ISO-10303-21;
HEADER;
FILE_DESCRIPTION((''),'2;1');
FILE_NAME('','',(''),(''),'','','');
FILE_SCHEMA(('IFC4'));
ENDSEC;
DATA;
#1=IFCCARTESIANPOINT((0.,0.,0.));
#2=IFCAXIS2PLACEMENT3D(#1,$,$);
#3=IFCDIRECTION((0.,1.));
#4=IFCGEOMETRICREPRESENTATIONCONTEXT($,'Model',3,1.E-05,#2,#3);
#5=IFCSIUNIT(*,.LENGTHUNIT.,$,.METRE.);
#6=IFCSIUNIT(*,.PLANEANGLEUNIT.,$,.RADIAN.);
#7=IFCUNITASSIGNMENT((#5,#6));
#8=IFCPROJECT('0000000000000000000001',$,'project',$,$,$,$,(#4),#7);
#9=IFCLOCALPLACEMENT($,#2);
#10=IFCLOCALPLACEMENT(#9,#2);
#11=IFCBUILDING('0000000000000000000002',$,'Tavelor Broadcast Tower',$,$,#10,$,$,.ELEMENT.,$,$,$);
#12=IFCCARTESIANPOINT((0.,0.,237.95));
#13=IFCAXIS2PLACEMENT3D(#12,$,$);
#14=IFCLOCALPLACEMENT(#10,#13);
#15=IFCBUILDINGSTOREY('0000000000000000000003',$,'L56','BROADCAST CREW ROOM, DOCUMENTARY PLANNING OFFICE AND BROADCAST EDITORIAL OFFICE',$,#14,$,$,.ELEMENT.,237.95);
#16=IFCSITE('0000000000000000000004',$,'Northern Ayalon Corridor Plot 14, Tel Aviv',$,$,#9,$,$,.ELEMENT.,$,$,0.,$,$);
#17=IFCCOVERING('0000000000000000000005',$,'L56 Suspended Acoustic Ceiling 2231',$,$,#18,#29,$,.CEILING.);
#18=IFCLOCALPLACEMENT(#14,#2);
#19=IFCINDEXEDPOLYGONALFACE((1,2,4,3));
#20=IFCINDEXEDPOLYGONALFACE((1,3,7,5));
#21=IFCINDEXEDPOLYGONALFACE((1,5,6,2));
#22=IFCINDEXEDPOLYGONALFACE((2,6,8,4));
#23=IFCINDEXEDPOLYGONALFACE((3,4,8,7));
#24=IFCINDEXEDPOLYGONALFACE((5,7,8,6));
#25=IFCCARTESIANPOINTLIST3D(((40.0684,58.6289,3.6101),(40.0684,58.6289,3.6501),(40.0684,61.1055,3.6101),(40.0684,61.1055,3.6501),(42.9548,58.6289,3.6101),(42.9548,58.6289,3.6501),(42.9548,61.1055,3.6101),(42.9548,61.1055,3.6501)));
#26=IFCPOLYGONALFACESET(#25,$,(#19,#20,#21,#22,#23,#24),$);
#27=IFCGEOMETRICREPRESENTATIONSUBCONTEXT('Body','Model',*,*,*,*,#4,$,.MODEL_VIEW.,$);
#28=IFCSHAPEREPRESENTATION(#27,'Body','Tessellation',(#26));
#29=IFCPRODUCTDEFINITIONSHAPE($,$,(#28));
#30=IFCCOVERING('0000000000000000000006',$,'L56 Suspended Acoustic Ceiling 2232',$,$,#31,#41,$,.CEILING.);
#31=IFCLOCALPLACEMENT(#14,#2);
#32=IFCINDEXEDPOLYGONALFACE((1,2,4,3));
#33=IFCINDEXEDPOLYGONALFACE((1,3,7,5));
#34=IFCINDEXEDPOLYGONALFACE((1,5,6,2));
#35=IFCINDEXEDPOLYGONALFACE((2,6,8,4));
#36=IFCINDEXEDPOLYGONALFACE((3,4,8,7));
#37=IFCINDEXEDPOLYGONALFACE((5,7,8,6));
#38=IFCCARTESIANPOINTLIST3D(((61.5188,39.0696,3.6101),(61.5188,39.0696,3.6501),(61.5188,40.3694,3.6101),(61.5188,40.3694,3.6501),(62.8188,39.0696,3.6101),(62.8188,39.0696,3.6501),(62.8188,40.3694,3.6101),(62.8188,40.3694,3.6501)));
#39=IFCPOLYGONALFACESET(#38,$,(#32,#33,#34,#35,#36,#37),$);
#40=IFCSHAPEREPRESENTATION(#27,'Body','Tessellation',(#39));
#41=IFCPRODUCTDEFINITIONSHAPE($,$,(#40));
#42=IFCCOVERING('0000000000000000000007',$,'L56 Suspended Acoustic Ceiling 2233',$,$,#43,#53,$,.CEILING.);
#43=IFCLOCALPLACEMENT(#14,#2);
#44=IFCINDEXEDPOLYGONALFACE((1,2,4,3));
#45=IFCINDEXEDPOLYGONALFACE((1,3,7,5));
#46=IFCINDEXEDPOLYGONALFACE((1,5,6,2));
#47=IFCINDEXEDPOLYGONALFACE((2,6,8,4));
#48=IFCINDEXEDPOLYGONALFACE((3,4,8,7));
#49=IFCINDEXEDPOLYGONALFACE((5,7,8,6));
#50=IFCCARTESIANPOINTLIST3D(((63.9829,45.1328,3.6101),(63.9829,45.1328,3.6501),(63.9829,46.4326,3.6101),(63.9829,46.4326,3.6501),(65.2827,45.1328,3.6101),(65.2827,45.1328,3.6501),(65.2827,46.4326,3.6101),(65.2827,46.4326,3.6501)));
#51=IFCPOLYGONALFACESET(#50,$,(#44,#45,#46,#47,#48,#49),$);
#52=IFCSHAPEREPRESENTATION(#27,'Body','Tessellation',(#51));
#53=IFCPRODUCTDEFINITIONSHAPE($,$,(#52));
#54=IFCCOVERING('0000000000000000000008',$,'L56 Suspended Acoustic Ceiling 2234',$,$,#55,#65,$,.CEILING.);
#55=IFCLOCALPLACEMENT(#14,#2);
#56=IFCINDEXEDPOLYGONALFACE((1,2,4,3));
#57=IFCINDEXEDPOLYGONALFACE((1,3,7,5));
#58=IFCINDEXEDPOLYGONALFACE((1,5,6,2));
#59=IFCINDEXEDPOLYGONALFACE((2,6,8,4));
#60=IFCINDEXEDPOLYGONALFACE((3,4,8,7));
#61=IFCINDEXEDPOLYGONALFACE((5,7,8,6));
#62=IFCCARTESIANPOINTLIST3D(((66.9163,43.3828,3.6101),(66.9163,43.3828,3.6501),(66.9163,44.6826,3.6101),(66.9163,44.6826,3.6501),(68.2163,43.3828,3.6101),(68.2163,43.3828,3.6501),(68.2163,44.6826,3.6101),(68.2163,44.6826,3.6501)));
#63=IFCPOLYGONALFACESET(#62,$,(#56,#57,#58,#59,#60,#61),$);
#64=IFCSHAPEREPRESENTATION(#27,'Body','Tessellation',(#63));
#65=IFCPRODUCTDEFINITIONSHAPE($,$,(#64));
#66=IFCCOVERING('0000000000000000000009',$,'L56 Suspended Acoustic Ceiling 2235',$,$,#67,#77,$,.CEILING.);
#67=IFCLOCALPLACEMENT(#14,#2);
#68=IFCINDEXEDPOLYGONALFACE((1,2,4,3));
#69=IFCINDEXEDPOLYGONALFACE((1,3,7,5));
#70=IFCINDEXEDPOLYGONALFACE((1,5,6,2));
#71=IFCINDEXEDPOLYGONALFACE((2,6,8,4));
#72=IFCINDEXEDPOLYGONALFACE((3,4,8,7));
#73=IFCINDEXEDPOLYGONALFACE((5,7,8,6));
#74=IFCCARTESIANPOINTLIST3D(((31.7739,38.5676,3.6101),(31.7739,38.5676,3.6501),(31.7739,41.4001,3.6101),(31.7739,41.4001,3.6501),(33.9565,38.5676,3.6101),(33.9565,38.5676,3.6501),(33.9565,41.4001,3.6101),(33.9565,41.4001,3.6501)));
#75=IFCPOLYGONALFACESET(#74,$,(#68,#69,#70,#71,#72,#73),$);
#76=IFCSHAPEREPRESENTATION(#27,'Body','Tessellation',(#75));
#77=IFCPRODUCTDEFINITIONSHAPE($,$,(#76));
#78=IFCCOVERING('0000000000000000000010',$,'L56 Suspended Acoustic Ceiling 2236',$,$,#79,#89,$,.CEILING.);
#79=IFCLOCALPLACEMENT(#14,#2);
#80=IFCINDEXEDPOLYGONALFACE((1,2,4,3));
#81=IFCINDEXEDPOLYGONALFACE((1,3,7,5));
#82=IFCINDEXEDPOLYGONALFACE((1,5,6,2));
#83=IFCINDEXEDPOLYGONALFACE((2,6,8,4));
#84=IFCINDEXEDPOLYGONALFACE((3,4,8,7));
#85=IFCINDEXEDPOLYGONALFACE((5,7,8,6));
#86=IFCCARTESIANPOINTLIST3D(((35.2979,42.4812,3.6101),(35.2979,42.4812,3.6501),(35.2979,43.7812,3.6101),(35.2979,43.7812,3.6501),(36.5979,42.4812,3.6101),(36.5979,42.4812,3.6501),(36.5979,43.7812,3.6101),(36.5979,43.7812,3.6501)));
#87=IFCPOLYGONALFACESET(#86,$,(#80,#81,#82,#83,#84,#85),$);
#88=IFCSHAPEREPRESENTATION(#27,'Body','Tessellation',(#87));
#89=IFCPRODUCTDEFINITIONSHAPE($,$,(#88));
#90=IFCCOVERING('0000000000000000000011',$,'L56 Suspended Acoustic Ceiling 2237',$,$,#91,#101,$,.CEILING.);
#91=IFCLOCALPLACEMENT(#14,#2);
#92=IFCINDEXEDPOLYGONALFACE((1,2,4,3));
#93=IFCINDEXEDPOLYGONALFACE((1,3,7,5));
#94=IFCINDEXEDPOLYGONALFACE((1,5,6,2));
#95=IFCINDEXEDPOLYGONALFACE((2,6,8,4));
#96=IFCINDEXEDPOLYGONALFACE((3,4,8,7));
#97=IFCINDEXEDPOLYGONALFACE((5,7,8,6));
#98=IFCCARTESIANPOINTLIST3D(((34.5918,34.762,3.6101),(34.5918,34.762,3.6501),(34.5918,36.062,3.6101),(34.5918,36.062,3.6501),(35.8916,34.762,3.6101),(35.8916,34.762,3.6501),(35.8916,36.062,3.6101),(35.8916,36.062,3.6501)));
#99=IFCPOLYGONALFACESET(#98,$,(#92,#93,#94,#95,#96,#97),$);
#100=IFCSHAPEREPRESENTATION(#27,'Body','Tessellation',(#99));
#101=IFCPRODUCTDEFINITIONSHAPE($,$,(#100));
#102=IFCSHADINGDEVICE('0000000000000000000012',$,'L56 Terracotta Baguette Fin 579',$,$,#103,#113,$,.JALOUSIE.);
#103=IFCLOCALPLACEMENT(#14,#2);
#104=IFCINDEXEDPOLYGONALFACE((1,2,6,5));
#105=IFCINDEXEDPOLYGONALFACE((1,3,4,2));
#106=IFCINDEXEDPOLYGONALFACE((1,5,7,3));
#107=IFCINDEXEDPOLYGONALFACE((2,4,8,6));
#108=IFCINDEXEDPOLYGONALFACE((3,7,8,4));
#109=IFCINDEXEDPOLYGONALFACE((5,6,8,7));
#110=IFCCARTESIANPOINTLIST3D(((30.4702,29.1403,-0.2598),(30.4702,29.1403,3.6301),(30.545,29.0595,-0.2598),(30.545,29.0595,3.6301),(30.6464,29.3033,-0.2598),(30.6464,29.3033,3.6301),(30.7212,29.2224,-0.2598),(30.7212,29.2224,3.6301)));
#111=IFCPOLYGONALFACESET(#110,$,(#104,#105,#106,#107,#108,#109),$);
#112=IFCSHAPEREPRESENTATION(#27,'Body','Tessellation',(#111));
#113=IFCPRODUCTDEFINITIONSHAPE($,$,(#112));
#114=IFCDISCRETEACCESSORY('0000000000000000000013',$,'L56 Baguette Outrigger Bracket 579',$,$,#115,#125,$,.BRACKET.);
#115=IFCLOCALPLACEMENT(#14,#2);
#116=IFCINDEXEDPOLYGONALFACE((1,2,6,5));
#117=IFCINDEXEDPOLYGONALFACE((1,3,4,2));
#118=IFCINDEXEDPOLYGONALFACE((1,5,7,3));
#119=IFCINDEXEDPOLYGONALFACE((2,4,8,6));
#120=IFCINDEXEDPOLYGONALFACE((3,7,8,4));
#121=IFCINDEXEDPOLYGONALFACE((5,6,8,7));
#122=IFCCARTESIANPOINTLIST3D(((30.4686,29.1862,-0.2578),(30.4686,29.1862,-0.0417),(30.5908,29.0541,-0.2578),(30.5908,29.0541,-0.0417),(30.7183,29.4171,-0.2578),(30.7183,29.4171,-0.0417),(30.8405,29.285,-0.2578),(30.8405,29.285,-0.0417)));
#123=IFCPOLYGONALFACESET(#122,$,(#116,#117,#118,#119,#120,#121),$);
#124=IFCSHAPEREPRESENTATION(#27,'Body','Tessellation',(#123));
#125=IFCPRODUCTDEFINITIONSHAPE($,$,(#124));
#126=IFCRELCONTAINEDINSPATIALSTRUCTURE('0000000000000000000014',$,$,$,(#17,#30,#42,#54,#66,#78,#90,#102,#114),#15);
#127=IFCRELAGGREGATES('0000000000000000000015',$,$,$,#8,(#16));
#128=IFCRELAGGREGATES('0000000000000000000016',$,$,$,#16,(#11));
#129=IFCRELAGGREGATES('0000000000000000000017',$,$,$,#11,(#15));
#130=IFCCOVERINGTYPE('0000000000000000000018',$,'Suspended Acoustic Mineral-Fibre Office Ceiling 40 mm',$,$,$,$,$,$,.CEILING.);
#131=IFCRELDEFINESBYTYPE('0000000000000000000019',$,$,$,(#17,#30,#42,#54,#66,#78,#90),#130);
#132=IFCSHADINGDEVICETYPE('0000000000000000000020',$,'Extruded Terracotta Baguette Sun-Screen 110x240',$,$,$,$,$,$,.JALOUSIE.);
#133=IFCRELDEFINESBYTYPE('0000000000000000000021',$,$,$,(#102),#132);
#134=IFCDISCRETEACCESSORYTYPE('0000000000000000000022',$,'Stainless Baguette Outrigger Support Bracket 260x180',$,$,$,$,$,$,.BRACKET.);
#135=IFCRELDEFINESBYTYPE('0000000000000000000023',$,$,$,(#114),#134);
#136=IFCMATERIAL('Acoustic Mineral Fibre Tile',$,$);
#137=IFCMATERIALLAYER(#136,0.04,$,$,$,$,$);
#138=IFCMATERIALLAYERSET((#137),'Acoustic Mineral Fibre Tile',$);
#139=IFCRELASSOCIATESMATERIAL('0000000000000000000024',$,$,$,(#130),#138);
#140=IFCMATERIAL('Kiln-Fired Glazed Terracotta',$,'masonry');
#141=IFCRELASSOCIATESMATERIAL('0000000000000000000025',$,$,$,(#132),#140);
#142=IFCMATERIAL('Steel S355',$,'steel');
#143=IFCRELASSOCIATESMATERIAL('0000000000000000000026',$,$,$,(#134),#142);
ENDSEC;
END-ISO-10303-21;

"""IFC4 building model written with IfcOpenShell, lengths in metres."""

from ifc_helpers import new_model, si_unit, direction, frame, origin, origin_2d, place, context, subcontext, project, spatial, polyline, rectangle, outline, extrude, source, transform, mapped, material, layer, layer_set, type_object, type_shapes, element, save


model = new_model("IFC4")

# Units and contexts
model_context = context("Model", 3, precision=1e-05, world=origin(), true_north=direction((0.0, 1.0)))
body_context = subcontext(model_context, "Body", "Model", "MODEL_VIEW")
ifc_project = project(units=[si_unit("LENGTHUNIT", "METRE"), si_unit("PLANEANGLEUNIT", "RADIAN")], contexts=[model_context])

# Site, building, storey
site_placement = place(None, origin())
site = spatial("IfcSite", under=ifc_project, at=site_placement, Name="Northern Ayalon Corridor Plot 14, Tel Aviv", CompositionType="ELEMENT", RefElevation=0.0)
building_placement = place(site_placement, origin())
building = spatial("IfcBuilding", under=site, at=building_placement, Name="Tavelor Broadcast Tower", CompositionType="ELEMENT")
storey_placement = place(building_placement, frame((0.0, 0.0, 237.95)))
storey = spatial("IfcBuildingStorey", under=building, at=storey_placement, Name="L56", Description="BROADCAST CREW ROOM, DOCUMENTARY PLANNING OFFICE AND BROADCAST EDITORIAL OFFICE", CompositionType="ELEMENT", Elevation=237.95)

# Coverings
ifc_material_1 = material(Name="Acoustic Mineral Fibre Tile")
ifc_layer_1 = layer(ifc_material_1, 0.04)
ifc_layer_set_1 = layer_set([ifc_layer_1], Name="Acoustic Mineral Fibre Tile")
covering_type_1 = type_object("IfcCoveringType", Name="Suspended Acoustic Mineral-Fibre Office Ceiling 40 mm", PredefinedType="CEILING", material=ifc_layer_set_1)
covering_1_placement = place(storey_placement, frame((0.0, 0.0, 3.6101)))
element("IfcCovering", 1, at=covering_1_placement, inside=storey, type_object=covering_type_1, Name="L56 Suspended Acoustic Ceiling 2231", PredefinedType="CEILING", context=body_context, shape_type="SweptSolid", body=[
    extrude(outline(polyline([(40.0684, 58.6289), (42.9548, 58.6289), (42.9548, 61.1055), (40.0684, 61.1055), (40.0684, 58.6289)])), origin(), (0.0, 0.0, 1.0), 0.04),
])
covering_2_placement = place(storey_placement, frame((0.0, 0.0, 3.6101)))
element("IfcCovering", 2, at=covering_2_placement, inside=storey, type_object=covering_type_1, Name="L56 Suspended Acoustic Ceiling 2232", PredefinedType="CEILING", context=body_context, shape_type="SweptSolid", body=[
    extrude(outline(polyline([(61.5188, 39.0696), (62.8188, 39.0696), (62.8188, 40.3694), (61.5188, 40.3694), (61.5188, 39.0696)])), origin(), (0.0, 0.0, 1.0), 0.04),
])
covering_3_placement = place(storey_placement, frame((0.0, 0.0, 3.6101)))
element("IfcCovering", 3, at=covering_3_placement, inside=storey, type_object=covering_type_1, Name="L56 Suspended Acoustic Ceiling 2233", PredefinedType="CEILING", context=body_context, shape_type="SweptSolid", body=[
    extrude(outline(polyline([(63.9829, 45.1328), (65.2827, 45.1328), (65.2827, 46.4326), (63.9829, 46.4326), (63.9829, 45.1328)])), origin(), (0.0, 0.0, 1.0), 0.04),
])
covering_4_placement = place(storey_placement, frame((0.0, 0.0, 3.6101)))
element("IfcCovering", 4, at=covering_4_placement, inside=storey, type_object=covering_type_1, Name="L56 Suspended Acoustic Ceiling 2234", PredefinedType="CEILING", context=body_context, shape_type="SweptSolid", body=[
    extrude(outline(polyline([(66.9163, 43.3828), (68.2163, 43.3828), (68.2163, 44.6826), (66.9163, 44.6826), (66.9163, 43.3828)])), origin(), (0.0, 0.0, 1.0), 0.04),
])
covering_5_placement = place(storey_placement, frame((0.0, 0.0, 3.6101)))
element("IfcCovering", 5, at=covering_5_placement, inside=storey, type_object=covering_type_1, Name="L56 Suspended Acoustic Ceiling 2235", PredefinedType="CEILING", context=body_context, shape_type="SweptSolid", body=[
    extrude(outline(polyline([(31.7739, 38.5676), (33.9565, 38.5676), (33.9565, 41.4001), (31.7739, 41.4001), (31.7739, 38.5676)])), origin(), (0.0, 0.0, 1.0), 0.04),
])
covering_6_placement = place(storey_placement, frame((0.0, 0.0, 3.6101)))
element("IfcCovering", 6, at=covering_6_placement, inside=storey, type_object=covering_type_1, Name="L56 Suspended Acoustic Ceiling 2236", PredefinedType="CEILING", context=body_context, shape_type="SweptSolid", body=[
    extrude(outline(polyline([(35.2979, 42.4812), (36.5979, 42.4812), (36.5979, 43.7812), (35.2979, 43.7812), (35.2979, 42.4812)])), origin(), (0.0, 0.0, 1.0), 0.04),
])
covering_7_placement = place(storey_placement, frame((0.0, 0.0, 3.6101)))
element("IfcCovering", 7, at=covering_7_placement, inside=storey, type_object=covering_type_1, Name="L56 Suspended Acoustic Ceiling 2237", PredefinedType="CEILING", context=body_context, shape_type="SweptSolid", body=[
    extrude(outline(polyline([(34.5918, 34.762), (35.8916, 34.762), (35.8916, 36.062), (34.5918, 36.062), (34.5918, 34.762)])), origin(), (0.0, 0.0, 1.0), 0.04),
])

# Shading device
ifc_material_2 = material(Name="Kiln-Fired Glazed Terracotta", Category="masonry")
shading_device_type = type_object("IfcShadingDeviceType", Name="Extruded Terracotta Baguette Sun-Screen 110x240", PredefinedType="JALOUSIE", material=ifc_material_2)
shared_shape_1 = source(origin(), body_context, "Body", "SweptSolid", [
    extrude(rectangle(XDim=0.1101, YDim=0.24, at=origin_2d()), origin(), (0.0, 0.0, 1.0), 3.8899),
])
type_shapes(shading_device_type, [shared_shape_1])
shading_device_placement = place(storey_placement, frame((30.5957, 29.1814, -0.2598), z_axis=(0.0, 0.0, 1.0), x_axis=(0.678929, -0.734204, 0.0)))
element("IfcShadingDevice", 8, at=shading_device_placement, inside=storey, type_object=shading_device_type, Name="L56 Terracotta Baguette Fin 579", PredefinedType="JALOUSIE", context=body_context, shape_type="MappedRepresentation", body=[
    mapped(shared_shape_1, transform((0.0, 0.0, 0.0), scale=1.0)),
])

# Discrete accessory
ifc_material_3 = material(Name="Steel S355", Category="steel")
discrete_accessory_type = type_object("IfcDiscreteAccessoryType", Name="Stainless Baguette Outrigger Support Bracket 260x180", PredefinedType="BRACKET", material=ifc_material_3)
shared_shape_2 = source(origin(), body_context, "Body", "SweptSolid", [
    extrude(rectangle(XDim=0.1799, YDim=0.3401, at=origin_2d()), origin(), (0.0, 0.0, 1.0), 0.2161),
])
type_shapes(discrete_accessory_type, [shared_shape_2])
discrete_accessory_placement = place(storey_placement, frame((30.6545, 29.2356, -0.2578), z_axis=(0.0, 0.0, 1.0), x_axis=(0.678929, -0.734204, 0.0)))
element("IfcDiscreteAccessory", 9, at=discrete_accessory_placement, inside=storey, type_object=discrete_accessory_type, Name="L56 Baguette Outrigger Bracket 579", PredefinedType="BRACKET", context=body_context, shape_type="MappedRepresentation", body=[
    mapped(shared_shape_2, transform((0.0, 0.0, 0.0), scale=1.0)),
])

save(model, "model.ifc")
